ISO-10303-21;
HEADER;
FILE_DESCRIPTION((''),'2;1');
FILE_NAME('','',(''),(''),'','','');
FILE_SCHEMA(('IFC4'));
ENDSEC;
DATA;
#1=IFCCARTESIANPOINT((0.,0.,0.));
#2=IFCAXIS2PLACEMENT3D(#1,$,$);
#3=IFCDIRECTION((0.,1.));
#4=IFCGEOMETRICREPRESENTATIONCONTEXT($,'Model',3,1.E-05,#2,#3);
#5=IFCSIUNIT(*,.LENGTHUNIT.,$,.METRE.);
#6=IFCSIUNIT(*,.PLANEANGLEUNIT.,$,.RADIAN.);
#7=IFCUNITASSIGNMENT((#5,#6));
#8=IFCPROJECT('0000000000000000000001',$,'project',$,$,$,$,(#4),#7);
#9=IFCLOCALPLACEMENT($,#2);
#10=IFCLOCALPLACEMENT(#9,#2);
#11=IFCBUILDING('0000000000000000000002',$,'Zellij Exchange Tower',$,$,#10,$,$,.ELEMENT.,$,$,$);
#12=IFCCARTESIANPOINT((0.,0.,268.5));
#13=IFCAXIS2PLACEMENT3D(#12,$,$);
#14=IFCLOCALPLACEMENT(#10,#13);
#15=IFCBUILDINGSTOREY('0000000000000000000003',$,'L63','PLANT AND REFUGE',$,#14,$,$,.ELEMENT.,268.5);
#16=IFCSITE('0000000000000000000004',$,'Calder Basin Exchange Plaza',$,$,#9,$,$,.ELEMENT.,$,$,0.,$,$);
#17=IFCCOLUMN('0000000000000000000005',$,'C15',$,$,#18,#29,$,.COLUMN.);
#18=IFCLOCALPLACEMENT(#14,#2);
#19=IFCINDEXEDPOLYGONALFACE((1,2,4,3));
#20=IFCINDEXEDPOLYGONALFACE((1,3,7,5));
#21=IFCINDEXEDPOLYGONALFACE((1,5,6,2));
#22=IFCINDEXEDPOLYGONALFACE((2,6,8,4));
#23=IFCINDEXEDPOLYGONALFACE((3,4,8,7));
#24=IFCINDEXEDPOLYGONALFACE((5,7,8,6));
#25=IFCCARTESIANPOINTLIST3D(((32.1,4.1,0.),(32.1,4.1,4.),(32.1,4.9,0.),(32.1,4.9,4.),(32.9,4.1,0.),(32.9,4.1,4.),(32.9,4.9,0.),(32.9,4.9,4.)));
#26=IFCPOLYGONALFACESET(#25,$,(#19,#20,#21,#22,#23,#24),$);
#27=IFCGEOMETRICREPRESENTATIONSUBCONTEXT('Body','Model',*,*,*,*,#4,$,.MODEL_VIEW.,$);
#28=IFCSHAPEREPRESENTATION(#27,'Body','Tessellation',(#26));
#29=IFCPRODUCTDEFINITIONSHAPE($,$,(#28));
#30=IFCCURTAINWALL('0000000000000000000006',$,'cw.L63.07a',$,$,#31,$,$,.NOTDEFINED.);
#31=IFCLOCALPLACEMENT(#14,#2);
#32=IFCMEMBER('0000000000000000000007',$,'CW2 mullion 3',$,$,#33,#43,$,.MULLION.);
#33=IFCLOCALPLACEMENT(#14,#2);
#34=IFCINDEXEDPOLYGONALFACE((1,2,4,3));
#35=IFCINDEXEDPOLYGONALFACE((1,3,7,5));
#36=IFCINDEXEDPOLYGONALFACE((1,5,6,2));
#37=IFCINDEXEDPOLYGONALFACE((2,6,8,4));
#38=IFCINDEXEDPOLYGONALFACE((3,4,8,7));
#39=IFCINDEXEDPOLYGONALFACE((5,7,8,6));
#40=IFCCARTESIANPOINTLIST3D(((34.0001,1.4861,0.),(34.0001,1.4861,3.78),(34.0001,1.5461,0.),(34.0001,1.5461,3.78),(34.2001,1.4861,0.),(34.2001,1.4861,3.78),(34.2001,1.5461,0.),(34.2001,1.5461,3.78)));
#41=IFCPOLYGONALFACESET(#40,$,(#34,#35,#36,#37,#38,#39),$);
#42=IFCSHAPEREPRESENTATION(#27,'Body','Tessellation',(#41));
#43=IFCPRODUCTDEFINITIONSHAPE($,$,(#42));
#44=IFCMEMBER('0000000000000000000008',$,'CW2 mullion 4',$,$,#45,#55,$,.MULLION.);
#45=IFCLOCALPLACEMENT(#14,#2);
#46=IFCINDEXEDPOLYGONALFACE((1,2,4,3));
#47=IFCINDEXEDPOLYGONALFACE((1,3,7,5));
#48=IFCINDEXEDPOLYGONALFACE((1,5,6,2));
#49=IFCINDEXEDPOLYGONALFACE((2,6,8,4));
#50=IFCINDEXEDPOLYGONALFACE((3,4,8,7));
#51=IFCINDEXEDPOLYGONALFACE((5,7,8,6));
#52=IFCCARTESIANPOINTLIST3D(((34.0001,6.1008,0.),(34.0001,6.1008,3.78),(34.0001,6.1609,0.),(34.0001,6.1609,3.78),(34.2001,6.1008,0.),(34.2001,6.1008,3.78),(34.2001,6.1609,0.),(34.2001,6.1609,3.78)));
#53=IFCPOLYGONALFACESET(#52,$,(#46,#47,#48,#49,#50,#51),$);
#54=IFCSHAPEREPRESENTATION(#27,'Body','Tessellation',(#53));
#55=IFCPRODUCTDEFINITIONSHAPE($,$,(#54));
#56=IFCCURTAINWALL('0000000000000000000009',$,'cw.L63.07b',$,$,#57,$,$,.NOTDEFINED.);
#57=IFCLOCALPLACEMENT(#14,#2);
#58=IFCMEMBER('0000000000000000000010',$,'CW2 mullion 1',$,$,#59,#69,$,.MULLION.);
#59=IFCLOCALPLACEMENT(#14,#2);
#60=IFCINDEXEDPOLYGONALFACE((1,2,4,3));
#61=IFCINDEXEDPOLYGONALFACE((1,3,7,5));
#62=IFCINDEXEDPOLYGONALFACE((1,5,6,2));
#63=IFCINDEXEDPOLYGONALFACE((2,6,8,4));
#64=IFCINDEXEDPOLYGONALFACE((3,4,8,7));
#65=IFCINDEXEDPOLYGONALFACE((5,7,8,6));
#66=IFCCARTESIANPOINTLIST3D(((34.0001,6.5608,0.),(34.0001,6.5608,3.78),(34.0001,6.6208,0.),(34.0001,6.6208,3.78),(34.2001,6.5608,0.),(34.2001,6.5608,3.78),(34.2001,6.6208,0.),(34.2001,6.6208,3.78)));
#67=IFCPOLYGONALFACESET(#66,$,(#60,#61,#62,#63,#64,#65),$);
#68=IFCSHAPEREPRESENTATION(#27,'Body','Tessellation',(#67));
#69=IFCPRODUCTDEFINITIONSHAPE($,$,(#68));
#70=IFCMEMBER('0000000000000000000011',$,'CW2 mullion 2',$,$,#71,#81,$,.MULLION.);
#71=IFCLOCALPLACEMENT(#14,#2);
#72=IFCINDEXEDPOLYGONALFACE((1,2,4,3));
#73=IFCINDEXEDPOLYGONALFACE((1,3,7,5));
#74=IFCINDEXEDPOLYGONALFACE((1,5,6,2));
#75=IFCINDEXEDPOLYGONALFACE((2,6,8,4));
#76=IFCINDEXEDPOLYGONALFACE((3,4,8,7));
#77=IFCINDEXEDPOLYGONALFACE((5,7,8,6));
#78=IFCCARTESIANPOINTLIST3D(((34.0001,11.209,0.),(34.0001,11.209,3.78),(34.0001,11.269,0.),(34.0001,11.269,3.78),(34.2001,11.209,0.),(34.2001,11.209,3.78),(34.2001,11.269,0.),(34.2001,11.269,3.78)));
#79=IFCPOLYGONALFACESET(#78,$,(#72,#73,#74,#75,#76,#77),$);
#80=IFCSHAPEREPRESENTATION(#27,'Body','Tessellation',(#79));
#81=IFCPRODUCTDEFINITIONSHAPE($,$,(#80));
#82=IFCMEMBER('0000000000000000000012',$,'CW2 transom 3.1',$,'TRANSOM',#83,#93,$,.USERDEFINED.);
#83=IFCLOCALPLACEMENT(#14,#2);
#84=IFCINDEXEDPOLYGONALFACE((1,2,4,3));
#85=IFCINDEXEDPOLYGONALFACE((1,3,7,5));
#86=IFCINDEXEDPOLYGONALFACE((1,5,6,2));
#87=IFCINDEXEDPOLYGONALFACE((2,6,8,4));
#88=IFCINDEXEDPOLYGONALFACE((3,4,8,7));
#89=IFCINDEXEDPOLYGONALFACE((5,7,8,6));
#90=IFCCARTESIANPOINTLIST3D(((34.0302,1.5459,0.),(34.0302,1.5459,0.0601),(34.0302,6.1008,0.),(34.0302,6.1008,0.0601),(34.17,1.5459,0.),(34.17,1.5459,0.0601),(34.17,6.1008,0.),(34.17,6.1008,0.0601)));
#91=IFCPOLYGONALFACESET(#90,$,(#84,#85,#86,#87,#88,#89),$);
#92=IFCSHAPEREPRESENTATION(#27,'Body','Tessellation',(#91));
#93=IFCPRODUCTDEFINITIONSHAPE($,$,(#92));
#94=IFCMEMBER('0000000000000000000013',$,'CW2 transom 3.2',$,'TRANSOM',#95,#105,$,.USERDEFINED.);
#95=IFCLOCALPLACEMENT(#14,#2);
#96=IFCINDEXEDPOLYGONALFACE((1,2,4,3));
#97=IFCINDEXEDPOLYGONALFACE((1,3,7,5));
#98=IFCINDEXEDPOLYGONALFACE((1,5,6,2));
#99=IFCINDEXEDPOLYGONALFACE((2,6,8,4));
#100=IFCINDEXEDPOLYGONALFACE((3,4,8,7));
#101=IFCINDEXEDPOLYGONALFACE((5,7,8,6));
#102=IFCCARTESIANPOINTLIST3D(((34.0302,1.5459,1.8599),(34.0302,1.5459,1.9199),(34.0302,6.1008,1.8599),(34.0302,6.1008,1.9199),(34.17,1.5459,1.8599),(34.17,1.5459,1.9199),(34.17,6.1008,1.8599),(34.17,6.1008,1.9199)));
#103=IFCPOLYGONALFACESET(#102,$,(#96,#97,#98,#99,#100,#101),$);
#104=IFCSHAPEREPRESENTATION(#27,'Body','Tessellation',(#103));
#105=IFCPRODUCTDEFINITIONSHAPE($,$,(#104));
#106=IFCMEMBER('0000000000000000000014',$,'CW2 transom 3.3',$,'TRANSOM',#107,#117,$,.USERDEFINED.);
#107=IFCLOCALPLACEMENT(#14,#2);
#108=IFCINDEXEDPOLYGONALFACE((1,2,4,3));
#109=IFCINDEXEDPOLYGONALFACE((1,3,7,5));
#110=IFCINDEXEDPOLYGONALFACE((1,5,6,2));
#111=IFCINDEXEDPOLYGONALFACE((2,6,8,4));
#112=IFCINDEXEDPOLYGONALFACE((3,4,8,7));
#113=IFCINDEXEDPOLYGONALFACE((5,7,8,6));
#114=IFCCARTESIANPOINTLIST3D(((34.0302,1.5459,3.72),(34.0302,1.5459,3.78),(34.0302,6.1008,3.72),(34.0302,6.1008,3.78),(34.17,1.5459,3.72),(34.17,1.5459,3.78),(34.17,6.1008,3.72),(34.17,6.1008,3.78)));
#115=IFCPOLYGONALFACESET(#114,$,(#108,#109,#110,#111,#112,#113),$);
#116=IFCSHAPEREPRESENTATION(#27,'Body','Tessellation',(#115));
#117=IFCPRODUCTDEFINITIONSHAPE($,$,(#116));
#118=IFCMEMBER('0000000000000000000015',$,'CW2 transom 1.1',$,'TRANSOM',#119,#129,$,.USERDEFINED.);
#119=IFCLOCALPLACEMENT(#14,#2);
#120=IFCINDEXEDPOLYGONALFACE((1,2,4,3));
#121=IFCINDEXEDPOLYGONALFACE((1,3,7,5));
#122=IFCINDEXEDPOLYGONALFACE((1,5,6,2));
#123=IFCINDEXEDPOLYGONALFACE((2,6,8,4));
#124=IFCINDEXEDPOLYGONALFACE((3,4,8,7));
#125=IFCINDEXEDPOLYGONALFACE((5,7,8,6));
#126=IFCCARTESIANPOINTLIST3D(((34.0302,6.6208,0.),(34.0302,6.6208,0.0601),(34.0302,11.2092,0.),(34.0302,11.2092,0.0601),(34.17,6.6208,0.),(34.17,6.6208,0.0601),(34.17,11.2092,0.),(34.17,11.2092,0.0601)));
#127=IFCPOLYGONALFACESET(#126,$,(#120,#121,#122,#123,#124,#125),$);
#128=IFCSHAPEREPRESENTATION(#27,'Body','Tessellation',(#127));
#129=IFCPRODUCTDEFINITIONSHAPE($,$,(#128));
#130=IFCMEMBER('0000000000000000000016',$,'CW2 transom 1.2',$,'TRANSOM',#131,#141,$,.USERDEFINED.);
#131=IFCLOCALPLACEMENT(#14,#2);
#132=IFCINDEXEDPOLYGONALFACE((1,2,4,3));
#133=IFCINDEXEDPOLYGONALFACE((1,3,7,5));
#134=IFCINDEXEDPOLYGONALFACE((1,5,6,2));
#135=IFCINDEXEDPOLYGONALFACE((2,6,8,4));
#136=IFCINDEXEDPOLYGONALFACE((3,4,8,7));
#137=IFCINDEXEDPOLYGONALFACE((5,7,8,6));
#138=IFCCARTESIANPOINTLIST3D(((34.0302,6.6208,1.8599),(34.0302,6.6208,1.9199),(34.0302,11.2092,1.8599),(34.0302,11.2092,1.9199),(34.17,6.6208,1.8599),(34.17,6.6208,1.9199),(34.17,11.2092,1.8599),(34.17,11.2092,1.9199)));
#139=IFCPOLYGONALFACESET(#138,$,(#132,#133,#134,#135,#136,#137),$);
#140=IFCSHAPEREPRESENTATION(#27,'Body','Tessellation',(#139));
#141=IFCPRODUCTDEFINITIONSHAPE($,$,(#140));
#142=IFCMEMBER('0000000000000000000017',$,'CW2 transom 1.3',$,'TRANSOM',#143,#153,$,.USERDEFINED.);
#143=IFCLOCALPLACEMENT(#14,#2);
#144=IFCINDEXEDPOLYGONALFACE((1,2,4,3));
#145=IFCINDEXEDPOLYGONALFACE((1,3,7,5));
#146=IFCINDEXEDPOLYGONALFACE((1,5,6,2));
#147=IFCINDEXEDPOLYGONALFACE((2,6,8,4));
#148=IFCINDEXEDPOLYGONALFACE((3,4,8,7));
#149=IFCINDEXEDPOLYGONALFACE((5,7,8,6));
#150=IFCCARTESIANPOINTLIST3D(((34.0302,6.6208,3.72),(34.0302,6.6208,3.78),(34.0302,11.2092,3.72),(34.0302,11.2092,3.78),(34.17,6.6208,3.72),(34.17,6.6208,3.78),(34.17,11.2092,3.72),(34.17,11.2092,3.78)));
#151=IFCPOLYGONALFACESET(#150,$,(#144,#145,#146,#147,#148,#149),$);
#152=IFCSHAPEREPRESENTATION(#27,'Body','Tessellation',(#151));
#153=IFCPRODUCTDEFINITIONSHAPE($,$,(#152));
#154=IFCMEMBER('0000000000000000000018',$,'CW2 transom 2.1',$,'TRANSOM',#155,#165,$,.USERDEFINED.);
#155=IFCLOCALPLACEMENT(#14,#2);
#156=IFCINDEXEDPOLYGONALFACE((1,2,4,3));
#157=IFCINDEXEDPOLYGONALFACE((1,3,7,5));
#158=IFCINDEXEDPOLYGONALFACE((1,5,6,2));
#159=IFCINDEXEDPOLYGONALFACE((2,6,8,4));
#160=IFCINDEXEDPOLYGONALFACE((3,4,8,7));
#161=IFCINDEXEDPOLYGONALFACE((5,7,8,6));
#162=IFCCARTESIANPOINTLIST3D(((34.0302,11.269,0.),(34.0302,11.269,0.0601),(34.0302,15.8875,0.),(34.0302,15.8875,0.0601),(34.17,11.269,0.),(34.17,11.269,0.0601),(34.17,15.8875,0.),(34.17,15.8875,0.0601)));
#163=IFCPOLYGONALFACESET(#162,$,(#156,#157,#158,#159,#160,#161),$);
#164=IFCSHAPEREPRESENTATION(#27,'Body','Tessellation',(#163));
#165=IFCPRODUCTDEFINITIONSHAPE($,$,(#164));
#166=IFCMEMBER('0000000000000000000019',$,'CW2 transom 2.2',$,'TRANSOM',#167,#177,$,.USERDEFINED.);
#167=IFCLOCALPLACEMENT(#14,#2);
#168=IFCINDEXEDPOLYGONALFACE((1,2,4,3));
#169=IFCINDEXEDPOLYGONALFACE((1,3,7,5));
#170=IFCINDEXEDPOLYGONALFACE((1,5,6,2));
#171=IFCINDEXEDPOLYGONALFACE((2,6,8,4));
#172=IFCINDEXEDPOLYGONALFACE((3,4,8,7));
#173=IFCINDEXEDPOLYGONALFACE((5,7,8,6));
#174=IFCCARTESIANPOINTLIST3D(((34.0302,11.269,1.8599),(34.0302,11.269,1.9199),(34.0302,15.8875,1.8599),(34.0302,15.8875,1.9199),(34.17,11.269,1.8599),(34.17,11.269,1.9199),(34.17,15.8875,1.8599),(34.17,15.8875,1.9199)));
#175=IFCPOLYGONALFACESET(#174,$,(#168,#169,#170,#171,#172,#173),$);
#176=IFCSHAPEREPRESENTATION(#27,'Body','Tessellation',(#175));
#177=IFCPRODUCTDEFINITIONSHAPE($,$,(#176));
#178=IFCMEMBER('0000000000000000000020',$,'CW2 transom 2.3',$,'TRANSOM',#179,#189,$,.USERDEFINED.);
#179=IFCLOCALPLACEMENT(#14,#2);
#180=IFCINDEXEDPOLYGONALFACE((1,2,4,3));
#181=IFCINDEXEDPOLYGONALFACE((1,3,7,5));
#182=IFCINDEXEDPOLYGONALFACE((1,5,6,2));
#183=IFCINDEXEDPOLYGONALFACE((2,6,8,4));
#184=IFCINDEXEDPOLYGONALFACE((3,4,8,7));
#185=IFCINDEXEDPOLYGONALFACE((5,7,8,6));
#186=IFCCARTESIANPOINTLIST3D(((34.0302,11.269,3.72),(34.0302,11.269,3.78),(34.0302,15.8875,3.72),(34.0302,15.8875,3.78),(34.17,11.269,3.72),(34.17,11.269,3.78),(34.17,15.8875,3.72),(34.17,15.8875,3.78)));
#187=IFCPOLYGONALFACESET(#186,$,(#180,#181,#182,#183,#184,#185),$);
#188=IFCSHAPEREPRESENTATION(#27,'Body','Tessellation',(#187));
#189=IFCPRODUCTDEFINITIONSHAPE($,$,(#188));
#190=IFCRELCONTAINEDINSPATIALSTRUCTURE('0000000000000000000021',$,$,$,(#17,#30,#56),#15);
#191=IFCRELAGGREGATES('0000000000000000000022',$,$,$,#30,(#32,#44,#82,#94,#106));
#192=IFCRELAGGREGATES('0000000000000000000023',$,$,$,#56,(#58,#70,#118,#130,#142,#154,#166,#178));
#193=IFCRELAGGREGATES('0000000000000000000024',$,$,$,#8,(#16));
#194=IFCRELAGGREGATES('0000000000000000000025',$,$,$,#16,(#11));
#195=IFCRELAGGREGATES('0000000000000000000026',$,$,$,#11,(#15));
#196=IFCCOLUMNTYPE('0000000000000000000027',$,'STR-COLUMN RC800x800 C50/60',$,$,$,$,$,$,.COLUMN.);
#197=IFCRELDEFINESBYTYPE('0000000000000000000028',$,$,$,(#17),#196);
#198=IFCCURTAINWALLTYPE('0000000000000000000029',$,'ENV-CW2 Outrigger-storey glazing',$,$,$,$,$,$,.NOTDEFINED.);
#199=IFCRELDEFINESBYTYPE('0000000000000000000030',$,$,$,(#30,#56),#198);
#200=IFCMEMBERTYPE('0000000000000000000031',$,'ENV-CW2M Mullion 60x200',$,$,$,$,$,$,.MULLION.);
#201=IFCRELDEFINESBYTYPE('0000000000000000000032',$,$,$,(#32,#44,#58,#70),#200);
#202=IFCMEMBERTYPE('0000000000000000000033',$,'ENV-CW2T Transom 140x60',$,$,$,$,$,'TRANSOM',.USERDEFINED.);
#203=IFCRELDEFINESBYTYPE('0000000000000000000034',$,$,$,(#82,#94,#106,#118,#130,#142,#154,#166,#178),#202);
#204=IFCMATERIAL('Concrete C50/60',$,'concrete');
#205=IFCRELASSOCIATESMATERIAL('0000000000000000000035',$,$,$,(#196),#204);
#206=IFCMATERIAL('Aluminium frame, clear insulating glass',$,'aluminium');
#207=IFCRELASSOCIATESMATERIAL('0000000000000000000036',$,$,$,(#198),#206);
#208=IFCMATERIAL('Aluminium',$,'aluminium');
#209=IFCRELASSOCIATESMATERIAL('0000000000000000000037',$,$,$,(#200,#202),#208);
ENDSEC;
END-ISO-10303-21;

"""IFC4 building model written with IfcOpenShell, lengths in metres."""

from ifc_helpers import new_model, si_unit, direction, frame, origin, origin_2d, place, context, subcontext, project, spatial, rectangle, extrude, material, material_profile, profile_set, type_object, element, aggregate, save


model = new_model("IFC4")

# Units and contexts
model_context = context("Model", 3, precision=1e-05, world=origin(), true_north=direction((0.0, 1.0)))
body_context = subcontext(model_context, "Body", "Model", "MODEL_VIEW")
ifc_project = project(units=[si_unit("LENGTHUNIT", "METRE"), si_unit("PLANEANGLEUNIT", "RADIAN")], contexts=[model_context])

# Site, building, storey
site_placement = place(None, origin())
site = spatial("IfcSite", under=ifc_project, at=site_placement, Name="Calder Basin Exchange Plaza", CompositionType="ELEMENT", RefElevation=0.0)
building_placement = place(site_placement, origin())
building = spatial("IfcBuilding", under=site, at=building_placement, Name="Zellij Exchange Tower", CompositionType="ELEMENT")
storey_placement = place(building_placement, frame((0.0, 0.0, 268.5)))
storey = spatial("IfcBuildingStorey", under=building, at=storey_placement, Name="L63", Description="PLANT AND REFUGE", CompositionType="ELEMENT", Elevation=268.5)

# Column
ifc_material_1 = material(Name="Concrete C50/60", Category="concrete")
ifc_material_profile_1 = material_profile(ifc_material_1, rectangle(XDim=0.8, YDim=0.8, at=origin_2d()), Name="STR-COLUMN RC800x800 C50/60")
ifc_profile_set_1 = profile_set([ifc_material_profile_1], Name="Concrete C50/60")
column_type = type_object("IfcColumnType", Name="STR-COLUMN RC800x800 C50/60", PredefinedType="COLUMN", material=ifc_profile_set_1)
column_placement = place(storey_placement, frame((32.5, 4.5, 0.0), z_axis=(0.0, 0.0, 1.0), x_axis=(1.0, 0.0, 0.0)))
element("IfcColumn", 1, at=column_placement, inside=storey, type_object=column_type, Name="C15", PredefinedType="COLUMN", context=body_context, shape_type="SweptSolid", body=[
    extrude(rectangle(XDim=0.8, YDim=0.8, at=origin_2d()), origin(), (0.0, 0.0, 1.0), 4.0),
])

# Curtain walls, members
ifc_material_2 = material(Name="Aluminium frame, clear insulating glass", Category="aluminium")
curtain_wall_type = type_object("IfcCurtainWallType", Name="ENV-CW2 Outrigger-storey glazing", PredefinedType="NOTDEFINED", material=ifc_material_2)
curtain_wall_1_placement = place(storey_placement, origin())
curtain_wall_1 = element("IfcCurtainWall", 2, at=curtain_wall_1_placement, inside=storey, type_object=curtain_wall_type, Name="cw.L63.07a", PredefinedType="NOTDEFINED")
ifc_material_3 = material(Name="Aluminium", Category="aluminium")
ifc_material_profile_2 = material_profile(ifc_material_3, rectangle(XDim=0.0601, YDim=0.2, at=origin_2d()), Name="AL 60x200")
ifc_profile_set_2 = profile_set([ifc_material_profile_2], Name="Aluminium")
member_type_1 = type_object("IfcMemberType", Name="ENV-CW2M Mullion 60x200", PredefinedType="MULLION", material=ifc_profile_set_2)
member_1_placement = place(storey_placement, frame((34.1001, 1.5161, 0.0), z_axis=(0.0, 0.0, 1.0), x_axis=(0.0, 1.0, 0.0)))
member_1 = element("IfcMember", 3, at=member_1_placement, type_object=member_type_1, Name="CW2 mullion 3", PredefinedType="MULLION", context=body_context, shape_type="SweptSolid", body=[
    extrude(rectangle(XDim=0.0601, YDim=0.2, at=origin_2d()), origin(), (0.0, 0.0, 1.0), 3.78),
])
member_2_placement = place(storey_placement, frame((34.1001, 6.1309, 0.0), z_axis=(0.0, 0.0, 1.0), x_axis=(0.0, 1.0, 0.0)))
member_2 = element("IfcMember", 4, at=member_2_placement, type_object=member_type_1, Name="CW2 mullion 4", PredefinedType="MULLION", context=body_context, shape_type="SweptSolid", body=[
    extrude(rectangle(XDim=0.0601, YDim=0.2, at=origin_2d()), origin(), (0.0, 0.0, 1.0), 3.78),
])
curtain_wall_2_placement = place(storey_placement, origin())
curtain_wall_2 = element("IfcCurtainWall", 5, at=curtain_wall_2_placement, inside=storey, type_object=curtain_wall_type, Name="cw.L63.07b", PredefinedType="NOTDEFINED")
member_3_placement = place(storey_placement, frame((34.1001, 6.5908, 0.0), z_axis=(0.0, 0.0, 1.0), x_axis=(0.0, 1.0, 0.0)))
member_3 = element("IfcMember", 6, at=member_3_placement, type_object=member_type_1, Name="CW2 mullion 1", PredefinedType="MULLION", context=body_context, shape_type="SweptSolid", body=[
    extrude(rectangle(XDim=0.0601, YDim=0.2, at=origin_2d()), origin(), (0.0, 0.0, 1.0), 3.78),
])
member_4_placement = place(storey_placement, frame((34.1001, 11.239, 0.0), z_axis=(0.0, 0.0, 1.0), x_axis=(0.0, 1.0, 0.0)))
member_4 = element("IfcMember", 7, at=member_4_placement, type_object=member_type_1, Name="CW2 mullion 2", PredefinedType="MULLION", context=body_context, shape_type="SweptSolid", body=[
    extrude(rectangle(XDim=0.0601, YDim=0.2, at=origin_2d()), origin(), (0.0, 0.0, 1.0), 3.78),
])

# Members
ifc_material_profile_3 = material_profile(ifc_material_3, rectangle(XDim=0.1399, YDim=0.0601, at=origin_2d()), Name="AL 140x60")
ifc_profile_set_3 = profile_set([ifc_material_profile_3], Name="Aluminium")
member_type_2 = type_object("IfcMemberType", Name="ENV-CW2T Transom 140x60", ElementType="TRANSOM", PredefinedType="USERDEFINED", material=ifc_profile_set_3)
member_5_placement = place(storey_placement, frame((34.1001, 1.5459, 0.03), z_axis=(0.0, 1.0, 0.0), x_axis=(-1.0, 0.0, 0.0)))
member_5 = element("IfcMember", 8, at=member_5_placement, type_object=member_type_2, Name="CW2 transom 3.1", ObjectType="TRANSOM", PredefinedType="USERDEFINED", context=body_context, shape_type="SweptSolid", body=[
    extrude(rectangle(XDim=0.1399, YDim=0.0601, at=origin_2d()), origin(), (0.0, 0.0, 1.0), 4.5549),
])
member_6_placement = place(storey_placement, frame((34.1001, 1.5459, 1.8899), z_axis=(0.0, 1.0, 0.0), x_axis=(-1.0, 0.0, 0.0)))
member_6 = element("IfcMember", 9, at=member_6_placement, type_object=member_type_2, Name="CW2 transom 3.2", ObjectType="TRANSOM", PredefinedType="USERDEFINED", context=body_context, shape_type="SweptSolid", body=[
    extrude(rectangle(XDim=0.1399, YDim=0.0601, at=origin_2d()), origin(), (0.0, 0.0, 1.0), 4.5549),
])
member_7_placement = place(storey_placement, frame((34.1001, 1.5459, 3.75), z_axis=(0.0, 1.0, 0.0), x_axis=(-1.0, 0.0, 0.0)))
member_7 = element("IfcMember", 10, at=member_7_placement, type_object=member_type_2, Name="CW2 transom 3.3", ObjectType="TRANSOM", PredefinedType="USERDEFINED", context=body_context, shape_type="SweptSolid", body=[
    extrude(rectangle(XDim=0.1399, YDim=0.0601, at=origin_2d()), origin(), (0.0, 0.0, 1.0), 4.5549),
])
member_8_placement = place(storey_placement, frame((34.1001, 6.6208, 0.03), z_axis=(0.0, 1.0, 0.0), x_axis=(-1.0, 0.0, 0.0)))
member_8 = element("IfcMember", 11, at=member_8_placement, type_object=member_type_2, Name="CW2 transom 1.1", ObjectType="TRANSOM", PredefinedType="USERDEFINED", context=body_context, shape_type="SweptSolid", body=[
    extrude(rectangle(XDim=0.1399, YDim=0.0601, at=origin_2d()), origin(), (0.0, 0.0, 1.0), 4.5884),
])
member_9_placement = place(storey_placement, frame((34.1001, 6.6208, 1.8899), z_axis=(0.0, 1.0, 0.0), x_axis=(-1.0, 0.0, 0.0)))
member_9 = element("IfcMember", 12, at=member_9_placement, type_object=member_type_2, Name="CW2 transom 1.2", ObjectType="TRANSOM", PredefinedType="USERDEFINED", context=body_context, shape_type="SweptSolid", body=[
    extrude(rectangle(XDim=0.1399, YDim=0.0601, at=origin_2d()), origin(), (0.0, 0.0, 1.0), 4.5884),
])
member_10_placement = place(storey_placement, frame((34.1001, 6.6208, 3.75), z_axis=(0.0, 1.0, 0.0), x_axis=(-1.0, 0.0, 0.0)))
member_10 = element("IfcMember", 13, at=member_10_placement, type_object=member_type_2, Name="CW2 transom 1.3", ObjectType="TRANSOM", PredefinedType="USERDEFINED", context=body_context, shape_type="SweptSolid", body=[
    extrude(rectangle(XDim=0.1399, YDim=0.0601, at=origin_2d()), origin(), (0.0, 0.0, 1.0), 4.5884),
])
member_11_placement = place(storey_placement, frame((34.1001, 11.269, 0.03), z_axis=(0.0, 1.0, 0.0), x_axis=(-1.0, 0.0, 0.0)))
member_11 = element("IfcMember", 14, at=member_11_placement, type_object=member_type_2, Name="CW2 transom 2.1", ObjectType="TRANSOM", PredefinedType="USERDEFINED", context=body_context, shape_type="SweptSolid", body=[
    extrude(rectangle(XDim=0.1399, YDim=0.0601, at=origin_2d()), origin(), (0.0, 0.0, 1.0), 4.6184),
])
member_12_placement = place(storey_placement, frame((34.1001, 11.269, 1.8899), z_axis=(0.0, 1.0, 0.0), x_axis=(-1.0, 0.0, 0.0)))
member_12 = element("IfcMember", 15, at=member_12_placement, type_object=member_type_2, Name="CW2 transom 2.2", ObjectType="TRANSOM", PredefinedType="USERDEFINED", context=body_context, shape_type="SweptSolid", body=[
    extrude(rectangle(XDim=0.1399, YDim=0.0601, at=origin_2d()), origin(), (0.0, 0.0, 1.0), 4.6184),
])
member_13_placement = place(storey_placement, frame((34.1001, 11.269, 3.75), z_axis=(0.0, 1.0, 0.0), x_axis=(-1.0, 0.0, 0.0)))
member_13 = element("IfcMember", 16, at=member_13_placement, type_object=member_type_2, Name="CW2 transom 2.3", ObjectType="TRANSOM", PredefinedType="USERDEFINED", context=body_context, shape_type="SweptSolid", body=[
    extrude(rectangle(XDim=0.1399, YDim=0.0601, at=origin_2d()), origin(), (0.0, 0.0, 1.0), 4.6184),
])

aggregate(curtain_wall_1, [member_1, member_2, member_5, member_6, member_7])
aggregate(curtain_wall_2, [member_3, member_4, member_8, member_9, member_10, member_11, member_12, member_13])

save(model, "model.ifc")
